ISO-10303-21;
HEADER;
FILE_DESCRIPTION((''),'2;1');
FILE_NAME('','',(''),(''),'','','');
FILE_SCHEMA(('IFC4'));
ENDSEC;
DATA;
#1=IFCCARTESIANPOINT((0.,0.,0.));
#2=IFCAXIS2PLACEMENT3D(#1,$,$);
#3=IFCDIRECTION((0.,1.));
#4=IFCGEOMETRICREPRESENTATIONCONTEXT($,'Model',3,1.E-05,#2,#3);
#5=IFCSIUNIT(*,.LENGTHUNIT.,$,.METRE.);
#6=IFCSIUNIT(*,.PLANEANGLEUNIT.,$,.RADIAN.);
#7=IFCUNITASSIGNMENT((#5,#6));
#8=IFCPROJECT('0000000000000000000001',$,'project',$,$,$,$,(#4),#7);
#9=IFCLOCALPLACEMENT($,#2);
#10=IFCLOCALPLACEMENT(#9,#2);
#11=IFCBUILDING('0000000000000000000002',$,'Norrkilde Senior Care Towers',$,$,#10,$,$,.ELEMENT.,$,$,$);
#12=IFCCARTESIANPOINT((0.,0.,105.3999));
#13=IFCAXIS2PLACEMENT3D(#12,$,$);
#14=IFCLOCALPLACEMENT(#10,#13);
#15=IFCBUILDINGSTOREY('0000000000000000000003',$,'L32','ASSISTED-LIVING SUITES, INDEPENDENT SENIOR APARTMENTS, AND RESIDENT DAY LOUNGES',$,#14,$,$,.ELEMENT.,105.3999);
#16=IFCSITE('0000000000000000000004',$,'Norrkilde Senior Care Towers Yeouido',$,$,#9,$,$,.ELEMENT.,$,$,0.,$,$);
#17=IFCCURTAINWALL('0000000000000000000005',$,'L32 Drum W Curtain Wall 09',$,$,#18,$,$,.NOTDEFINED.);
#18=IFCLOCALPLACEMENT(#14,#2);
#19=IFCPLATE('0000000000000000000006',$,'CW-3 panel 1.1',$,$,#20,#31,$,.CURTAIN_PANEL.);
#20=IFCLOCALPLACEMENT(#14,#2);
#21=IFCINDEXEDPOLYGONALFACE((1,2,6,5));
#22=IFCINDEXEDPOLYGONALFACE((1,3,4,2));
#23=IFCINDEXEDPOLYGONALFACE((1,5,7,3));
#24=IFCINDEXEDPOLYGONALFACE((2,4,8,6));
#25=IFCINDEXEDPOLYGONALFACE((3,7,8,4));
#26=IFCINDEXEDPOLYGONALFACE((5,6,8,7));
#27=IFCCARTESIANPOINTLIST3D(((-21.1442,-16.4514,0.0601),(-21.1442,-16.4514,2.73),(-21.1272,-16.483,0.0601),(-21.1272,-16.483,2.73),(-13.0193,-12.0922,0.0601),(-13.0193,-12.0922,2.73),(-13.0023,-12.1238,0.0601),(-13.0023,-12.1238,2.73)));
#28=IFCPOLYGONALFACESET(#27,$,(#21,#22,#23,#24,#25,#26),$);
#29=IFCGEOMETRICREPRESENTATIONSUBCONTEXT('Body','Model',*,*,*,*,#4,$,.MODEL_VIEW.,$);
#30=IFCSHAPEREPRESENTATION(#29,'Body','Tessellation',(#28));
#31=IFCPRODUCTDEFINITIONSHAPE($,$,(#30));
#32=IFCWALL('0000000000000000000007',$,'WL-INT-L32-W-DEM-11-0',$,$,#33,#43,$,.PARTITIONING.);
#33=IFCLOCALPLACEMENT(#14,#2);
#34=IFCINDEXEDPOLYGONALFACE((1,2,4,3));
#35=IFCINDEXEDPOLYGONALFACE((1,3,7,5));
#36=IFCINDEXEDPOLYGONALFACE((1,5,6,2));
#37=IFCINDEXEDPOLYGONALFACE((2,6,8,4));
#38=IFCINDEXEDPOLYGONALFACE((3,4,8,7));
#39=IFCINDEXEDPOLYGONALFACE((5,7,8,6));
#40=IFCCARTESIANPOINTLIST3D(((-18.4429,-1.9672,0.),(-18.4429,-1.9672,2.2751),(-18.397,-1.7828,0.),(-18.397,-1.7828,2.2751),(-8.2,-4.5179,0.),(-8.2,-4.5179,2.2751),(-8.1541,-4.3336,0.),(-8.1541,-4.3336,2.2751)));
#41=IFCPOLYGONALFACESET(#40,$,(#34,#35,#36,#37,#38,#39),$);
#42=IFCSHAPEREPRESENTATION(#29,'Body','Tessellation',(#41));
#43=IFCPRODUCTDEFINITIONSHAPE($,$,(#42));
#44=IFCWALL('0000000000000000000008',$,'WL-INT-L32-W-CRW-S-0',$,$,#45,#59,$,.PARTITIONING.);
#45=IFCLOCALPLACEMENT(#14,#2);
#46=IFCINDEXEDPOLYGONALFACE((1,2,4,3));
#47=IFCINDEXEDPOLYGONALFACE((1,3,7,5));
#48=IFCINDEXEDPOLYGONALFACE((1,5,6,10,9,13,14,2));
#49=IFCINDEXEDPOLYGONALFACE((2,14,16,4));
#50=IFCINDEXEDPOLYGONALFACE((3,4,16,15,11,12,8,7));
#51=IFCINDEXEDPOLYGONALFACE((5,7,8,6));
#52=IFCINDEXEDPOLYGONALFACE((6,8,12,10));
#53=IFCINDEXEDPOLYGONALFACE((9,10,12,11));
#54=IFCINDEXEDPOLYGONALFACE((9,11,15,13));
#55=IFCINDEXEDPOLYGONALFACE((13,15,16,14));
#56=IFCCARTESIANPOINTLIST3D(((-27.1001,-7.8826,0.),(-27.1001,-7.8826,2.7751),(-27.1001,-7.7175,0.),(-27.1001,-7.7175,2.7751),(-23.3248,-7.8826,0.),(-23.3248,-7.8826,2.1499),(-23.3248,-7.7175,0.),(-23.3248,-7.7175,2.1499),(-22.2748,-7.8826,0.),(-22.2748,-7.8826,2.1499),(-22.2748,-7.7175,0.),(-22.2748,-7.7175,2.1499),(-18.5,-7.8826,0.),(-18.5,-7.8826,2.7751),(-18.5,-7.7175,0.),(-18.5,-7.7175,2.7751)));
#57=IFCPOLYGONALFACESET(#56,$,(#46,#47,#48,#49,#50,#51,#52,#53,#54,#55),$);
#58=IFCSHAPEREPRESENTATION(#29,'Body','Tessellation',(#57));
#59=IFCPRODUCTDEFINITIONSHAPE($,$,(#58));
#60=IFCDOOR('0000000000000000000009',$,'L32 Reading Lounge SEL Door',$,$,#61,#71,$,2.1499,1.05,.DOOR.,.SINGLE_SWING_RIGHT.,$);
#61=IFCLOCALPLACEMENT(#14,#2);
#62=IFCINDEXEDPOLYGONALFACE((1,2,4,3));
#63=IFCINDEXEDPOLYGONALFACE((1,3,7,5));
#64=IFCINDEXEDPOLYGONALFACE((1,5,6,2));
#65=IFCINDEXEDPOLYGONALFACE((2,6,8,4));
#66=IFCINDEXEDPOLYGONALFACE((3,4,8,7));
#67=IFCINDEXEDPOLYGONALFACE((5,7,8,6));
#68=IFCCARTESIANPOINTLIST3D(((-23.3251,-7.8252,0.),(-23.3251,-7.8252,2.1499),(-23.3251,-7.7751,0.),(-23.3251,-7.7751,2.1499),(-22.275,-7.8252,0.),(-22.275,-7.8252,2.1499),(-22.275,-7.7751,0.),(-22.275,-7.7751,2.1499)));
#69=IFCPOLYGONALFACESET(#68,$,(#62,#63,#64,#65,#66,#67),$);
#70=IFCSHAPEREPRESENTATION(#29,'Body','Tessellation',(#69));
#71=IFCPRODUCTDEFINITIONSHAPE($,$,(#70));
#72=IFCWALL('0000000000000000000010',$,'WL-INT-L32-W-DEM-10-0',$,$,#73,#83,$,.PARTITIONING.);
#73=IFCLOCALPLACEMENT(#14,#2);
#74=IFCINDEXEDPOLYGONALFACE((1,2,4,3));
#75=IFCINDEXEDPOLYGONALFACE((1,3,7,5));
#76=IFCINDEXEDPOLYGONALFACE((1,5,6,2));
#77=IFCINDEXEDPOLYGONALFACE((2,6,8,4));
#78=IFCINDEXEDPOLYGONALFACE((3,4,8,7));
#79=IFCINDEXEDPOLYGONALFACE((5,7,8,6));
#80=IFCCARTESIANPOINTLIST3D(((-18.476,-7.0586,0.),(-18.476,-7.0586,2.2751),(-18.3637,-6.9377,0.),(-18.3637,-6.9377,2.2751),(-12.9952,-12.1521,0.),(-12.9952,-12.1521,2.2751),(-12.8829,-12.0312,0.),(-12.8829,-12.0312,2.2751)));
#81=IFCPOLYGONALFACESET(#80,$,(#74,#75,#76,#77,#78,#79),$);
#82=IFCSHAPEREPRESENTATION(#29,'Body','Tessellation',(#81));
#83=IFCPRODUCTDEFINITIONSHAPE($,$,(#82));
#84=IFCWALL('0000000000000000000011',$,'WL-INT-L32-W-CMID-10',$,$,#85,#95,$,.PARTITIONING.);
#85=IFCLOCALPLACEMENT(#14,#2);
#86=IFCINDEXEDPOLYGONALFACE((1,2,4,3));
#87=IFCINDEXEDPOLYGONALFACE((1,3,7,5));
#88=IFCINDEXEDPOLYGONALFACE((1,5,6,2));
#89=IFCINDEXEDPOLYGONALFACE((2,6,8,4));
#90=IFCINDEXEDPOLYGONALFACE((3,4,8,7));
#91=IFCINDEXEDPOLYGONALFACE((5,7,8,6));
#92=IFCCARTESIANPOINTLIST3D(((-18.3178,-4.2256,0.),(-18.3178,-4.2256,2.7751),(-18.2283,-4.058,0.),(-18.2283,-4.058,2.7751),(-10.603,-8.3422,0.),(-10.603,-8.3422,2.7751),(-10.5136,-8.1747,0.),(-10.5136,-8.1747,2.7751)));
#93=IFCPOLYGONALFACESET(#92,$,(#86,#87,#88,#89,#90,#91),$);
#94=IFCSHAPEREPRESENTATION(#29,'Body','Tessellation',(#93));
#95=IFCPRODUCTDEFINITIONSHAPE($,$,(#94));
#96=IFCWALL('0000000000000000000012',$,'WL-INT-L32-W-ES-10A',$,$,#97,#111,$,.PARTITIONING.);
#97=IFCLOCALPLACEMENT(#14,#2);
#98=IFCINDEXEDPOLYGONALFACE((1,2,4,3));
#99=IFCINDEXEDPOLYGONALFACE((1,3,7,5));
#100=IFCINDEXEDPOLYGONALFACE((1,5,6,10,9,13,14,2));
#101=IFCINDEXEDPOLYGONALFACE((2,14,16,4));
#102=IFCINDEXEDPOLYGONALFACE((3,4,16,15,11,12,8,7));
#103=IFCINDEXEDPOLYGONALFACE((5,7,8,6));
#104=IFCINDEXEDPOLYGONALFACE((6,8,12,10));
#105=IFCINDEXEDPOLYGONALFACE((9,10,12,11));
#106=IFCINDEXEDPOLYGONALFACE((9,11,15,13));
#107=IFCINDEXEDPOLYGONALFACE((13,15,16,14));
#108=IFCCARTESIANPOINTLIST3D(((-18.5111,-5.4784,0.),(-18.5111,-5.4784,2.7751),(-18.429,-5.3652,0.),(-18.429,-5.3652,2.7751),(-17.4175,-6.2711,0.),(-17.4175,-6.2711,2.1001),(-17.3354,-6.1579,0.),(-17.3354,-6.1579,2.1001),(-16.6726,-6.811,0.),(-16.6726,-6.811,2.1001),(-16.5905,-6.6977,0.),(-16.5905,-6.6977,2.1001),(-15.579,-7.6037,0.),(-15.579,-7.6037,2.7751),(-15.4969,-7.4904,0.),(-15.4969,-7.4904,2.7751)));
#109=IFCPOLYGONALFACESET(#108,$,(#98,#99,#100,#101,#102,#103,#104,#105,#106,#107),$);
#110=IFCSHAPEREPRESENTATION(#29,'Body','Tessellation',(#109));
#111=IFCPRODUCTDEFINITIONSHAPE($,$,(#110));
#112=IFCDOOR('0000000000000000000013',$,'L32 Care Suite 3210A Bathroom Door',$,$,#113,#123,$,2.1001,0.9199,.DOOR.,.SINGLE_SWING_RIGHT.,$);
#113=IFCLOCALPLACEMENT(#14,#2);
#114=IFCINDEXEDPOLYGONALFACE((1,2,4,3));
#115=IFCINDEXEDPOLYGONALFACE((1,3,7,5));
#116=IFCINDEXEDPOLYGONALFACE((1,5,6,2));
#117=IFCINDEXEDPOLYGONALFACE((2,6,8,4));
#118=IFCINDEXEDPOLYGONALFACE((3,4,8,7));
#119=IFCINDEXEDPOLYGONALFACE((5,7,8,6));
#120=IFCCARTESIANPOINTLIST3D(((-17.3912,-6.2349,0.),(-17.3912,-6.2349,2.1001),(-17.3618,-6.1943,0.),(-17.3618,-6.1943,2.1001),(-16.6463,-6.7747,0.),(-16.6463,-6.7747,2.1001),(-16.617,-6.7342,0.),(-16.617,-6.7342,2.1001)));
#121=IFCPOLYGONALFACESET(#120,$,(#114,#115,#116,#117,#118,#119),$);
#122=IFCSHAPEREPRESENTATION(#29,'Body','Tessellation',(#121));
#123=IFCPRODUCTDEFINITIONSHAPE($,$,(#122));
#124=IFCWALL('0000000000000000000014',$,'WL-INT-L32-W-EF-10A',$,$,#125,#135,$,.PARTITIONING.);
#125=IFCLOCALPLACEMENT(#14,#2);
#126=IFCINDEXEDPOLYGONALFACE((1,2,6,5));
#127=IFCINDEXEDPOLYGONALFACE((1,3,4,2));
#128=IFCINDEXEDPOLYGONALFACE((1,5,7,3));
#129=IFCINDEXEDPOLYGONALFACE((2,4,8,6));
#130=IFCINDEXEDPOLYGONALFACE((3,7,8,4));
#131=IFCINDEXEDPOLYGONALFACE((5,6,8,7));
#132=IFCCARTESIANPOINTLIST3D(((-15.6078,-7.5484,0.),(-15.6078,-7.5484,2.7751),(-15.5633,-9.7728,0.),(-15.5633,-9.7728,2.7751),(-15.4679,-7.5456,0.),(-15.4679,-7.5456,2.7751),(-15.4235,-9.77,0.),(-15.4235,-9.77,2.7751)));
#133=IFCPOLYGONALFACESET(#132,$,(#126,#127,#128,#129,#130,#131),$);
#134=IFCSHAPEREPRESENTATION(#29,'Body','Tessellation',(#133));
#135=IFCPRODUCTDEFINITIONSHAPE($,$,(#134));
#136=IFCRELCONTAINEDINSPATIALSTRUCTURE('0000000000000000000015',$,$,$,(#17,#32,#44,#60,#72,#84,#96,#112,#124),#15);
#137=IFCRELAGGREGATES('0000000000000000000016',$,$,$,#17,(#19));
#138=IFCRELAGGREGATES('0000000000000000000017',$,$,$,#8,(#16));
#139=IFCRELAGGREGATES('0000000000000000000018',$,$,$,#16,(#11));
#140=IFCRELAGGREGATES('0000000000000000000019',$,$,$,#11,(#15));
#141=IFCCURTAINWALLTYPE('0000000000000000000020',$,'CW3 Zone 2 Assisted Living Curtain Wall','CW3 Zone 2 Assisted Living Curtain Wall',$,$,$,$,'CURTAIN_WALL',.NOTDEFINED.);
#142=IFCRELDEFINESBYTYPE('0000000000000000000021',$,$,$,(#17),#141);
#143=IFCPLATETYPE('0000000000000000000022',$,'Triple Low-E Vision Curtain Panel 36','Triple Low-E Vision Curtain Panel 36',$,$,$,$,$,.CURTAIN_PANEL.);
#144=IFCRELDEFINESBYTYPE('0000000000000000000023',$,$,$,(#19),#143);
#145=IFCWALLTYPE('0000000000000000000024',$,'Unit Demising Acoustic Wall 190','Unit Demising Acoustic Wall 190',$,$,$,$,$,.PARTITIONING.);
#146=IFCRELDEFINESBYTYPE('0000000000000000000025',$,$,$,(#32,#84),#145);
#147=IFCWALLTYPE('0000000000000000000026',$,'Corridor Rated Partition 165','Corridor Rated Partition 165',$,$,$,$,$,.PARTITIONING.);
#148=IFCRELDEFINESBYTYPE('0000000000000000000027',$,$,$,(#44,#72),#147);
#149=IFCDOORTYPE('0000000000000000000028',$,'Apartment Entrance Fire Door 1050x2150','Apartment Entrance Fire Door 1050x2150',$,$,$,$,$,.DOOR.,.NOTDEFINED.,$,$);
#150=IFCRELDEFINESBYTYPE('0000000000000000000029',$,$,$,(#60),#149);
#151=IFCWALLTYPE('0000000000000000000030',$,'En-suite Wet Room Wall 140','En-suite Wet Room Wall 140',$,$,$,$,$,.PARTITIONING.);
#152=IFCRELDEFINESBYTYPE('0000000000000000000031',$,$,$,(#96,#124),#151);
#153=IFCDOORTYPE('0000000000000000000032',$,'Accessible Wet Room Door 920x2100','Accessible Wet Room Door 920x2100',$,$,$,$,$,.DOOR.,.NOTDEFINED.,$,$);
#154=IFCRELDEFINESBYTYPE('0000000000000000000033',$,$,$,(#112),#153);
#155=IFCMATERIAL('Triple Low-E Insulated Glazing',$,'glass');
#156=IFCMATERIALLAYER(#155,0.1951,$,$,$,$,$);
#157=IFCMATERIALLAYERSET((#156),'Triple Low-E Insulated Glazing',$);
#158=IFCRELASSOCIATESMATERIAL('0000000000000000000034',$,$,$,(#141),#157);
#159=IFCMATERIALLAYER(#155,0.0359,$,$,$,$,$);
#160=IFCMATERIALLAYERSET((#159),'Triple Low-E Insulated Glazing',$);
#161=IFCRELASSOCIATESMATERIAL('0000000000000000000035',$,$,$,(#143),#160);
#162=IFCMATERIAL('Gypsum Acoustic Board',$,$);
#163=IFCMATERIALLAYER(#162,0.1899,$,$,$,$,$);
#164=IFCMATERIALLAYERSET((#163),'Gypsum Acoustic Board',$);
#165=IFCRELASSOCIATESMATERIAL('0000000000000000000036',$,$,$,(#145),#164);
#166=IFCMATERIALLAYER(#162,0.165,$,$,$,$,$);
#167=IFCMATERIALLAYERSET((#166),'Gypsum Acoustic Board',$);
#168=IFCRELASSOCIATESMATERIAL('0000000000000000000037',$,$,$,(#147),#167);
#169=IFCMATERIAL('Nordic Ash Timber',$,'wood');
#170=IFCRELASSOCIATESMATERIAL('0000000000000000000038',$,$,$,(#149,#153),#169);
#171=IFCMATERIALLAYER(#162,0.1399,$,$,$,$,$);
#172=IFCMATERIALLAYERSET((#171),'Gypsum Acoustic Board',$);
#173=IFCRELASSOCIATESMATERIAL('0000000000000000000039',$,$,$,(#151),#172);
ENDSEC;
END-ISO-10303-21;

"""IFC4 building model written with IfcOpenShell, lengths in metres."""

from ifc_helpers import new_model, si_unit, direction, frame, frame_2d, origin, origin_2d, place, context, subcontext, project, spatial, rectangle, extrude, source, transform, mapped, material, layer, layer_set, type_object, type_shapes, element, fill, aggregate, save


model = new_model("IFC4")

# Units and contexts
model_context = context("Model", 3, precision=1e-05, world=origin(), true_north=direction((0.0, 1.0)))
body_context = subcontext(model_context, "Body", "Model", "MODEL_VIEW")
ifc_project = project(units=[si_unit("LENGTHUNIT", "METRE"), si_unit("PLANEANGLEUNIT", "RADIAN")], contexts=[model_context])

# Site, building, storey
site_placement = place(None, origin())
site = spatial("IfcSite", under=ifc_project, at=site_placement, Name="Norrkilde Senior Care Towers Yeouido", CompositionType="ELEMENT", RefElevation=0.0)
building_placement = place(site_placement, origin())
building = spatial("IfcBuilding", under=site, at=building_placement, Name="Norrkilde Senior Care Towers", CompositionType="ELEMENT")
storey_placement = place(building_placement, frame((0.0, 0.0, 105.3999)))
storey = spatial("IfcBuildingStorey", under=building, at=storey_placement, Name="L32", Description="ASSISTED-LIVING SUITES, INDEPENDENT SENIOR APARTMENTS, AND RESIDENT DAY LOUNGES", CompositionType="ELEMENT", Elevation=105.3999)

# Curtain wall
ifc_material_1 = material(Name="Triple Low-E Insulated Glazing", Category="glass")
ifc_layer_1 = layer(ifc_material_1, 0.1951)
ifc_layer_set_1 = layer_set([ifc_layer_1], Name="Triple Low-E Insulated Glazing")
curtain_wall_type = type_object("IfcCurtainWallType", Name="CW3 Zone 2 Assisted Living Curtain Wall", Description="CW3 Zone 2 Assisted Living Curtain Wall", ElementType="CURTAIN_WALL", PredefinedType="NOTDEFINED", material=ifc_layer_set_1)
curtain_wall_1_placement = place(storey_placement, origin())
curtain_wall_1 = element("IfcCurtainWall", 1, at=curtain_wall_1_placement, inside=storey, type_object=curtain_wall_type, Name="L32 Drum W Curtain Wall 09", PredefinedType="NOTDEFINED")

# Plate
ifc_layer_2 = layer(ifc_material_1, 0.0359)
ifc_layer_set_2 = layer_set([ifc_layer_2], Name="Triple Low-E Insulated Glazing")
plate_type = type_object("IfcPlateType", Name="Triple Low-E Vision Curtain Panel 36", Description="Triple Low-E Vision Curtain Panel 36", PredefinedType="CURTAIN_PANEL", material=ifc_layer_set_2)
shared_shape_1 = source(origin(), body_context, "Body", "SweptSolid", [
    extrude(rectangle(XDim=9.2205, YDim=0.0359, at=origin_2d()), origin(), (0.0, 0.0, 1.0), 2.6699),
])
plate_1_placement = place(storey_placement, frame((-17.0732, -14.2876, 0.0601), z_axis=(0.0, 0.0, 1.0), x_axis=(-0.881186, -0.472769, 0.0)))
plate_1 = element("IfcPlate", 2, at=plate_1_placement, type_object=plate_type, Name="CW-3 panel 1.1", PredefinedType="CURTAIN_PANEL", context=body_context, shape_type="MappedRepresentation", body=[
    mapped(shared_shape_1, transform((0.0, 0.0, 0.0), x_axis=(1.0, 0.0, 0.0), y_axis=(0.0, 1.0, 0.0), z_axis=(0.0, 0.0, 1.0), scale=1.0)),
])
aggregate(curtain_wall_1, [plate_1])

# Wall
ifc_material_2 = material(Name="Gypsum Acoustic Board")
ifc_layer_3 = layer(ifc_material_2, 0.1899)
ifc_layer_set_3 = layer_set([ifc_layer_3], Name="Gypsum Acoustic Board")
wall_type_1 = type_object("IfcWallType", Name="Unit Demising Acoustic Wall 190", Description="Unit Demising Acoustic Wall 190", PredefinedType="PARTITIONING", material=ifc_layer_set_3)
shared_shape_2 = source(origin(), body_context, "Body", "SweptSolid", [
    extrude(rectangle(XDim=10.5557, YDim=0.1899, at=frame_2d((5.2778, 0.0))), origin(), (0.0, 0.0, 1.0), 2.2751),
])
wall_1_placement = place(storey_placement, frame((-18.4199, -1.875, 0.0), z_axis=(0.0, 0.0, 1.0), x_axis=(0.970364, -0.241648, 0.0)))
element("IfcWall", 3, at=wall_1_placement, inside=storey, type_object=wall_type_1, Name="WL-INT-L32-W-DEM-11-0", PredefinedType="PARTITIONING", context=body_context, shape_type="MappedRepresentation", body=[
    mapped(shared_shape_2, transform((0.0, 0.0, 0.0), x_axis=(1.0, 0.0, 0.0), y_axis=(0.0, 1.0, 0.0), z_axis=(0.0, 0.0, 1.0), scale=1.0)),
])

# Wall, opening, door
ifc_layer_4 = layer(ifc_material_2, 0.165)
ifc_layer_set_4 = layer_set([ifc_layer_4], Name="Gypsum Acoustic Board")
wall_type_2 = type_object("IfcWallType", Name="Corridor Rated Partition 165", Description="Corridor Rated Partition 165", PredefinedType="PARTITIONING", material=ifc_layer_set_4)
shared_shape_3 = source(origin(), body_context, "Body", "SweptSolid", [
    extrude(rectangle(XDim=8.6001, YDim=0.165, at=frame_2d((4.3, 0.0))), origin(), (0.0, 0.0, 1.0), 2.7751),
])
wall_2_placement = place(storey_placement, frame((-18.5, -7.8, 0.0), z_axis=(0.0, 0.0, 1.0), x_axis=(-1.0, 0.0, 0.0)))
wall_2 = element("IfcWall", 4, at=wall_2_placement, inside=storey, type_object=wall_type_2, Name="WL-INT-L32-W-CRW-S-0", PredefinedType="PARTITIONING", context=body_context, shape_type="MappedRepresentation", body=[
    mapped(shared_shape_3, transform((0.0, 0.0, 0.0), x_axis=(1.0, 0.0, 0.0), y_axis=(0.0, 1.0, 0.0), z_axis=(0.0, 0.0, 1.0), scale=1.0)),
])
opening_1_placement = place(wall_2_placement, frame((3.7749, 0.0, 0.0)))
opening_1 = element("IfcOpeningElement", 5, at=opening_1_placement, cuts=wall_2, PredefinedType="OPENING", context=body_context, shape_type="SweptSolid", body=[
    extrude(rectangle(XDim=1.05, YDim=2.1499, at=frame_2d((0.5249, 1.075))), frame((0.0, 0.0925, 0.0), z_axis=(0.0, -1.0, 0.0), x_axis=(1.0, 0.0, 0.0)), (0.0, 0.0, 1.0), 0.1851),
])
ifc_material_3 = material(Name="Nordic Ash Timber", Category="wood")
door_type_1 = type_object("IfcDoorType", Name="Apartment Entrance Fire Door 1050x2150", Description="Apartment Entrance Fire Door 1050x2150", OperationType="NOTDEFINED", PredefinedType="DOOR", material=ifc_material_3)
shared_shape_4 = source(origin(), body_context, "Body", "SweptSolid", [
    extrude(rectangle(XDim=1.05, YDim=2.1499, at=frame_2d((0.5249, 1.075))), frame((0.0, 0.0249, 0.0), z_axis=(0.0, -1.0, 0.0), x_axis=(1.0, 0.0, 0.0)), (0.0, 0.0, 1.0), 0.05),
])
type_shapes(door_type_1, [shared_shape_4])
door_1_placement = place(opening_1_placement, frame((1.05, 0.0, 0.0), z_axis=(0.0, 0.0, 1.0), x_axis=(-1.0, 0.0, 0.0)))
door_1 = element("IfcDoor", 6, at=door_1_placement, inside=storey, type_object=door_type_1, Name="L32 Reading Lounge SEL Door", OperationType="SINGLE_SWING_RIGHT", OverallHeight=2.1499, OverallWidth=1.05, PredefinedType="DOOR", context=body_context, shape_type="MappedRepresentation", body=[
    mapped(shared_shape_4, transform((0.0, 0.0, 0.0), x_axis=(1.0, 0.0, 0.0), y_axis=(0.0, 1.0, 0.0), z_axis=(0.0, 0.0, 1.0), scale=1.0)),
])
fill(opening_1, door_1)

# Walls
shared_shape_5 = source(origin(), body_context, "Body", "SweptSolid", [
    extrude(rectangle(XDim=7.4822, YDim=0.165, at=frame_2d((3.7412, 0.0))), origin(), (0.0, 0.0, 1.0), 2.2751),
])
type_shapes(wall_type_2, [shared_shape_3, shared_shape_5])
wall_3_placement = place(storey_placement, frame((-18.4199, -6.998, 0.0), z_axis=(0.0, 0.0, 1.0), x_axis=(0.732509, -0.680758, 0.0)))
element("IfcWall", 7, at=wall_3_placement, inside=storey, type_object=wall_type_2, Name="WL-INT-L32-W-DEM-10-0", PredefinedType="PARTITIONING", context=body_context, shape_type="MappedRepresentation", body=[
    mapped(shared_shape_5, transform((0.0, 0.0, 0.0), x_axis=(1.0, 0.0, 0.0), y_axis=(0.0, 1.0, 0.0), z_axis=(0.0, 0.0, 1.0), scale=1.0)),
])
shared_shape_6 = source(origin(), body_context, "Body", "SweptSolid", [
    extrude(rectangle(XDim=8.7444, YDim=0.1899, at=frame_2d((4.3721, 0.0))), origin(), (0.0, 0.0, 1.0), 2.7751),
])
type_shapes(wall_type_1, [shared_shape_2, shared_shape_6])
wall_4_placement = place(storey_placement, frame((-18.2729, -4.1418, 0.0), z_axis=(0.0, 0.0, 1.0), x_axis=(0.882252, -0.470777, 0.0)))
element("IfcWall", 8, at=wall_4_placement, inside=storey, type_object=wall_type_1, Name="WL-INT-L32-W-CMID-10", PredefinedType="PARTITIONING", context=body_context, shape_type="MappedRepresentation", body=[
    mapped(shared_shape_6, transform((0.0, 0.0, 0.0), x_axis=(1.0, 0.0, 0.0), y_axis=(0.0, 1.0, 0.0), z_axis=(0.0, 0.0, 1.0), scale=1.0)),
])

# Wall, opening, door
ifc_layer_5 = layer(ifc_material_2, 0.1399)
ifc_layer_set_5 = layer_set([ifc_layer_5], Name="Gypsum Acoustic Board")
wall_type_3 = type_object("IfcWallType", Name="En-suite Wet Room Wall 140", Description="En-suite Wet Room Wall 140", PredefinedType="PARTITIONING", material=ifc_layer_set_5)
shared_shape_7 = source(origin(), body_context, "Body", "SweptSolid", [
    extrude(rectangle(XDim=3.6213, YDim=0.1399, at=frame_2d((1.8105, 0.0))), origin(), (0.0, 0.0, 1.0), 2.7751),
])
wall_5_placement = place(storey_placement, frame((-18.47, -5.4219, 0.0), z_axis=(0.0, 0.0, 1.0), x_axis=(0.809683, -0.586868, 0.0)))
wall_5 = element("IfcWall", 9, at=wall_5_placement, inside=storey, type_object=wall_type_3, Name="WL-INT-L32-W-ES-10A", PredefinedType="PARTITIONING", context=body_context, shape_type="MappedRepresentation", body=[
    mapped(shared_shape_7, transform((0.0, 0.0, 0.0), x_axis=(1.0, 0.0, 0.0), y_axis=(0.0, 1.0, 0.0), z_axis=(0.0, 0.0, 1.0), scale=1.0)),
])
opening_2_placement = place(wall_5_placement, frame((1.3506, 0.0, 0.0)))
opening_2 = element("IfcOpeningElement", 10, at=opening_2_placement, cuts=wall_5, PredefinedType="OPENING", context=body_context, shape_type="SweptSolid", body=[
    extrude(rectangle(XDim=0.9199, YDim=2.1001, at=frame_2d((0.46, 1.05))), frame((0.0, 0.0798, 0.0), z_axis=(0.0, -1.0, 0.0), x_axis=(1.0, 0.0, 0.0)), (0.0, 0.0, 1.0), 0.1599),
])
door_type_2 = type_object("IfcDoorType", Name="Accessible Wet Room Door 920x2100", Description="Accessible Wet Room Door 920x2100", OperationType="NOTDEFINED", PredefinedType="DOOR", material=ifc_material_3)
shared_shape_8 = source(origin(), body_context, "Body", "SweptSolid", [
    extrude(rectangle(XDim=0.9199, YDim=2.1001, at=frame_2d((0.46, 1.05))), frame((0.0, 0.0249, 0.0), z_axis=(0.0, -1.0, 0.0), x_axis=(1.0, 0.0, 0.0)), (0.0, 0.0, 1.0), 0.05),
])
type_shapes(door_type_2, [shared_shape_8])
door_2_placement = place(opening_2_placement, origin())
door_2 = element("IfcDoor", 11, at=door_2_placement, inside=storey, type_object=door_type_2, Name="L32 Care Suite 3210A Bathroom Door", OperationType="SINGLE_SWING_RIGHT", OverallHeight=2.1001, OverallWidth=0.9199, PredefinedType="DOOR", context=body_context, shape_type="MappedRepresentation", body=[
    mapped(shared_shape_8, transform((0.0, 0.0, 0.0), x_axis=(1.0, 0.0, 0.0), y_axis=(0.0, 1.0, 0.0), z_axis=(0.0, 0.0, 1.0), scale=1.0)),
])
fill(opening_2, door_2)

# Wall
shared_shape_9 = source(origin(), body_context, "Body", "SweptSolid", [
    extrude(rectangle(XDim=2.2249, YDim=0.1399, at=frame_2d((1.1123, 0.0))), origin(), (0.0, 0.0, 1.0), 2.7751),
])
type_shapes(wall_type_3, [shared_shape_7, shared_shape_9])
wall_6_placement = place(storey_placement, frame((-15.5378, -7.5471, 0.0), z_axis=(0.0, 0.0, 1.0), x_axis=(0.019972, -0.999801, 0.0)))
element("IfcWall", 12, at=wall_6_placement, inside=storey, type_object=wall_type_3, Name="WL-INT-L32-W-EF-10A", PredefinedType="PARTITIONING", context=body_context, shape_type="MappedRepresentation", body=[
    mapped(shared_shape_9, transform((0.0, 0.0, 0.0), x_axis=(1.0, 0.0, 0.0), y_axis=(0.0, 1.0, 0.0), z_axis=(0.0, 0.0, 1.0), scale=1.0)),
])

save(model, "model.ifc")
